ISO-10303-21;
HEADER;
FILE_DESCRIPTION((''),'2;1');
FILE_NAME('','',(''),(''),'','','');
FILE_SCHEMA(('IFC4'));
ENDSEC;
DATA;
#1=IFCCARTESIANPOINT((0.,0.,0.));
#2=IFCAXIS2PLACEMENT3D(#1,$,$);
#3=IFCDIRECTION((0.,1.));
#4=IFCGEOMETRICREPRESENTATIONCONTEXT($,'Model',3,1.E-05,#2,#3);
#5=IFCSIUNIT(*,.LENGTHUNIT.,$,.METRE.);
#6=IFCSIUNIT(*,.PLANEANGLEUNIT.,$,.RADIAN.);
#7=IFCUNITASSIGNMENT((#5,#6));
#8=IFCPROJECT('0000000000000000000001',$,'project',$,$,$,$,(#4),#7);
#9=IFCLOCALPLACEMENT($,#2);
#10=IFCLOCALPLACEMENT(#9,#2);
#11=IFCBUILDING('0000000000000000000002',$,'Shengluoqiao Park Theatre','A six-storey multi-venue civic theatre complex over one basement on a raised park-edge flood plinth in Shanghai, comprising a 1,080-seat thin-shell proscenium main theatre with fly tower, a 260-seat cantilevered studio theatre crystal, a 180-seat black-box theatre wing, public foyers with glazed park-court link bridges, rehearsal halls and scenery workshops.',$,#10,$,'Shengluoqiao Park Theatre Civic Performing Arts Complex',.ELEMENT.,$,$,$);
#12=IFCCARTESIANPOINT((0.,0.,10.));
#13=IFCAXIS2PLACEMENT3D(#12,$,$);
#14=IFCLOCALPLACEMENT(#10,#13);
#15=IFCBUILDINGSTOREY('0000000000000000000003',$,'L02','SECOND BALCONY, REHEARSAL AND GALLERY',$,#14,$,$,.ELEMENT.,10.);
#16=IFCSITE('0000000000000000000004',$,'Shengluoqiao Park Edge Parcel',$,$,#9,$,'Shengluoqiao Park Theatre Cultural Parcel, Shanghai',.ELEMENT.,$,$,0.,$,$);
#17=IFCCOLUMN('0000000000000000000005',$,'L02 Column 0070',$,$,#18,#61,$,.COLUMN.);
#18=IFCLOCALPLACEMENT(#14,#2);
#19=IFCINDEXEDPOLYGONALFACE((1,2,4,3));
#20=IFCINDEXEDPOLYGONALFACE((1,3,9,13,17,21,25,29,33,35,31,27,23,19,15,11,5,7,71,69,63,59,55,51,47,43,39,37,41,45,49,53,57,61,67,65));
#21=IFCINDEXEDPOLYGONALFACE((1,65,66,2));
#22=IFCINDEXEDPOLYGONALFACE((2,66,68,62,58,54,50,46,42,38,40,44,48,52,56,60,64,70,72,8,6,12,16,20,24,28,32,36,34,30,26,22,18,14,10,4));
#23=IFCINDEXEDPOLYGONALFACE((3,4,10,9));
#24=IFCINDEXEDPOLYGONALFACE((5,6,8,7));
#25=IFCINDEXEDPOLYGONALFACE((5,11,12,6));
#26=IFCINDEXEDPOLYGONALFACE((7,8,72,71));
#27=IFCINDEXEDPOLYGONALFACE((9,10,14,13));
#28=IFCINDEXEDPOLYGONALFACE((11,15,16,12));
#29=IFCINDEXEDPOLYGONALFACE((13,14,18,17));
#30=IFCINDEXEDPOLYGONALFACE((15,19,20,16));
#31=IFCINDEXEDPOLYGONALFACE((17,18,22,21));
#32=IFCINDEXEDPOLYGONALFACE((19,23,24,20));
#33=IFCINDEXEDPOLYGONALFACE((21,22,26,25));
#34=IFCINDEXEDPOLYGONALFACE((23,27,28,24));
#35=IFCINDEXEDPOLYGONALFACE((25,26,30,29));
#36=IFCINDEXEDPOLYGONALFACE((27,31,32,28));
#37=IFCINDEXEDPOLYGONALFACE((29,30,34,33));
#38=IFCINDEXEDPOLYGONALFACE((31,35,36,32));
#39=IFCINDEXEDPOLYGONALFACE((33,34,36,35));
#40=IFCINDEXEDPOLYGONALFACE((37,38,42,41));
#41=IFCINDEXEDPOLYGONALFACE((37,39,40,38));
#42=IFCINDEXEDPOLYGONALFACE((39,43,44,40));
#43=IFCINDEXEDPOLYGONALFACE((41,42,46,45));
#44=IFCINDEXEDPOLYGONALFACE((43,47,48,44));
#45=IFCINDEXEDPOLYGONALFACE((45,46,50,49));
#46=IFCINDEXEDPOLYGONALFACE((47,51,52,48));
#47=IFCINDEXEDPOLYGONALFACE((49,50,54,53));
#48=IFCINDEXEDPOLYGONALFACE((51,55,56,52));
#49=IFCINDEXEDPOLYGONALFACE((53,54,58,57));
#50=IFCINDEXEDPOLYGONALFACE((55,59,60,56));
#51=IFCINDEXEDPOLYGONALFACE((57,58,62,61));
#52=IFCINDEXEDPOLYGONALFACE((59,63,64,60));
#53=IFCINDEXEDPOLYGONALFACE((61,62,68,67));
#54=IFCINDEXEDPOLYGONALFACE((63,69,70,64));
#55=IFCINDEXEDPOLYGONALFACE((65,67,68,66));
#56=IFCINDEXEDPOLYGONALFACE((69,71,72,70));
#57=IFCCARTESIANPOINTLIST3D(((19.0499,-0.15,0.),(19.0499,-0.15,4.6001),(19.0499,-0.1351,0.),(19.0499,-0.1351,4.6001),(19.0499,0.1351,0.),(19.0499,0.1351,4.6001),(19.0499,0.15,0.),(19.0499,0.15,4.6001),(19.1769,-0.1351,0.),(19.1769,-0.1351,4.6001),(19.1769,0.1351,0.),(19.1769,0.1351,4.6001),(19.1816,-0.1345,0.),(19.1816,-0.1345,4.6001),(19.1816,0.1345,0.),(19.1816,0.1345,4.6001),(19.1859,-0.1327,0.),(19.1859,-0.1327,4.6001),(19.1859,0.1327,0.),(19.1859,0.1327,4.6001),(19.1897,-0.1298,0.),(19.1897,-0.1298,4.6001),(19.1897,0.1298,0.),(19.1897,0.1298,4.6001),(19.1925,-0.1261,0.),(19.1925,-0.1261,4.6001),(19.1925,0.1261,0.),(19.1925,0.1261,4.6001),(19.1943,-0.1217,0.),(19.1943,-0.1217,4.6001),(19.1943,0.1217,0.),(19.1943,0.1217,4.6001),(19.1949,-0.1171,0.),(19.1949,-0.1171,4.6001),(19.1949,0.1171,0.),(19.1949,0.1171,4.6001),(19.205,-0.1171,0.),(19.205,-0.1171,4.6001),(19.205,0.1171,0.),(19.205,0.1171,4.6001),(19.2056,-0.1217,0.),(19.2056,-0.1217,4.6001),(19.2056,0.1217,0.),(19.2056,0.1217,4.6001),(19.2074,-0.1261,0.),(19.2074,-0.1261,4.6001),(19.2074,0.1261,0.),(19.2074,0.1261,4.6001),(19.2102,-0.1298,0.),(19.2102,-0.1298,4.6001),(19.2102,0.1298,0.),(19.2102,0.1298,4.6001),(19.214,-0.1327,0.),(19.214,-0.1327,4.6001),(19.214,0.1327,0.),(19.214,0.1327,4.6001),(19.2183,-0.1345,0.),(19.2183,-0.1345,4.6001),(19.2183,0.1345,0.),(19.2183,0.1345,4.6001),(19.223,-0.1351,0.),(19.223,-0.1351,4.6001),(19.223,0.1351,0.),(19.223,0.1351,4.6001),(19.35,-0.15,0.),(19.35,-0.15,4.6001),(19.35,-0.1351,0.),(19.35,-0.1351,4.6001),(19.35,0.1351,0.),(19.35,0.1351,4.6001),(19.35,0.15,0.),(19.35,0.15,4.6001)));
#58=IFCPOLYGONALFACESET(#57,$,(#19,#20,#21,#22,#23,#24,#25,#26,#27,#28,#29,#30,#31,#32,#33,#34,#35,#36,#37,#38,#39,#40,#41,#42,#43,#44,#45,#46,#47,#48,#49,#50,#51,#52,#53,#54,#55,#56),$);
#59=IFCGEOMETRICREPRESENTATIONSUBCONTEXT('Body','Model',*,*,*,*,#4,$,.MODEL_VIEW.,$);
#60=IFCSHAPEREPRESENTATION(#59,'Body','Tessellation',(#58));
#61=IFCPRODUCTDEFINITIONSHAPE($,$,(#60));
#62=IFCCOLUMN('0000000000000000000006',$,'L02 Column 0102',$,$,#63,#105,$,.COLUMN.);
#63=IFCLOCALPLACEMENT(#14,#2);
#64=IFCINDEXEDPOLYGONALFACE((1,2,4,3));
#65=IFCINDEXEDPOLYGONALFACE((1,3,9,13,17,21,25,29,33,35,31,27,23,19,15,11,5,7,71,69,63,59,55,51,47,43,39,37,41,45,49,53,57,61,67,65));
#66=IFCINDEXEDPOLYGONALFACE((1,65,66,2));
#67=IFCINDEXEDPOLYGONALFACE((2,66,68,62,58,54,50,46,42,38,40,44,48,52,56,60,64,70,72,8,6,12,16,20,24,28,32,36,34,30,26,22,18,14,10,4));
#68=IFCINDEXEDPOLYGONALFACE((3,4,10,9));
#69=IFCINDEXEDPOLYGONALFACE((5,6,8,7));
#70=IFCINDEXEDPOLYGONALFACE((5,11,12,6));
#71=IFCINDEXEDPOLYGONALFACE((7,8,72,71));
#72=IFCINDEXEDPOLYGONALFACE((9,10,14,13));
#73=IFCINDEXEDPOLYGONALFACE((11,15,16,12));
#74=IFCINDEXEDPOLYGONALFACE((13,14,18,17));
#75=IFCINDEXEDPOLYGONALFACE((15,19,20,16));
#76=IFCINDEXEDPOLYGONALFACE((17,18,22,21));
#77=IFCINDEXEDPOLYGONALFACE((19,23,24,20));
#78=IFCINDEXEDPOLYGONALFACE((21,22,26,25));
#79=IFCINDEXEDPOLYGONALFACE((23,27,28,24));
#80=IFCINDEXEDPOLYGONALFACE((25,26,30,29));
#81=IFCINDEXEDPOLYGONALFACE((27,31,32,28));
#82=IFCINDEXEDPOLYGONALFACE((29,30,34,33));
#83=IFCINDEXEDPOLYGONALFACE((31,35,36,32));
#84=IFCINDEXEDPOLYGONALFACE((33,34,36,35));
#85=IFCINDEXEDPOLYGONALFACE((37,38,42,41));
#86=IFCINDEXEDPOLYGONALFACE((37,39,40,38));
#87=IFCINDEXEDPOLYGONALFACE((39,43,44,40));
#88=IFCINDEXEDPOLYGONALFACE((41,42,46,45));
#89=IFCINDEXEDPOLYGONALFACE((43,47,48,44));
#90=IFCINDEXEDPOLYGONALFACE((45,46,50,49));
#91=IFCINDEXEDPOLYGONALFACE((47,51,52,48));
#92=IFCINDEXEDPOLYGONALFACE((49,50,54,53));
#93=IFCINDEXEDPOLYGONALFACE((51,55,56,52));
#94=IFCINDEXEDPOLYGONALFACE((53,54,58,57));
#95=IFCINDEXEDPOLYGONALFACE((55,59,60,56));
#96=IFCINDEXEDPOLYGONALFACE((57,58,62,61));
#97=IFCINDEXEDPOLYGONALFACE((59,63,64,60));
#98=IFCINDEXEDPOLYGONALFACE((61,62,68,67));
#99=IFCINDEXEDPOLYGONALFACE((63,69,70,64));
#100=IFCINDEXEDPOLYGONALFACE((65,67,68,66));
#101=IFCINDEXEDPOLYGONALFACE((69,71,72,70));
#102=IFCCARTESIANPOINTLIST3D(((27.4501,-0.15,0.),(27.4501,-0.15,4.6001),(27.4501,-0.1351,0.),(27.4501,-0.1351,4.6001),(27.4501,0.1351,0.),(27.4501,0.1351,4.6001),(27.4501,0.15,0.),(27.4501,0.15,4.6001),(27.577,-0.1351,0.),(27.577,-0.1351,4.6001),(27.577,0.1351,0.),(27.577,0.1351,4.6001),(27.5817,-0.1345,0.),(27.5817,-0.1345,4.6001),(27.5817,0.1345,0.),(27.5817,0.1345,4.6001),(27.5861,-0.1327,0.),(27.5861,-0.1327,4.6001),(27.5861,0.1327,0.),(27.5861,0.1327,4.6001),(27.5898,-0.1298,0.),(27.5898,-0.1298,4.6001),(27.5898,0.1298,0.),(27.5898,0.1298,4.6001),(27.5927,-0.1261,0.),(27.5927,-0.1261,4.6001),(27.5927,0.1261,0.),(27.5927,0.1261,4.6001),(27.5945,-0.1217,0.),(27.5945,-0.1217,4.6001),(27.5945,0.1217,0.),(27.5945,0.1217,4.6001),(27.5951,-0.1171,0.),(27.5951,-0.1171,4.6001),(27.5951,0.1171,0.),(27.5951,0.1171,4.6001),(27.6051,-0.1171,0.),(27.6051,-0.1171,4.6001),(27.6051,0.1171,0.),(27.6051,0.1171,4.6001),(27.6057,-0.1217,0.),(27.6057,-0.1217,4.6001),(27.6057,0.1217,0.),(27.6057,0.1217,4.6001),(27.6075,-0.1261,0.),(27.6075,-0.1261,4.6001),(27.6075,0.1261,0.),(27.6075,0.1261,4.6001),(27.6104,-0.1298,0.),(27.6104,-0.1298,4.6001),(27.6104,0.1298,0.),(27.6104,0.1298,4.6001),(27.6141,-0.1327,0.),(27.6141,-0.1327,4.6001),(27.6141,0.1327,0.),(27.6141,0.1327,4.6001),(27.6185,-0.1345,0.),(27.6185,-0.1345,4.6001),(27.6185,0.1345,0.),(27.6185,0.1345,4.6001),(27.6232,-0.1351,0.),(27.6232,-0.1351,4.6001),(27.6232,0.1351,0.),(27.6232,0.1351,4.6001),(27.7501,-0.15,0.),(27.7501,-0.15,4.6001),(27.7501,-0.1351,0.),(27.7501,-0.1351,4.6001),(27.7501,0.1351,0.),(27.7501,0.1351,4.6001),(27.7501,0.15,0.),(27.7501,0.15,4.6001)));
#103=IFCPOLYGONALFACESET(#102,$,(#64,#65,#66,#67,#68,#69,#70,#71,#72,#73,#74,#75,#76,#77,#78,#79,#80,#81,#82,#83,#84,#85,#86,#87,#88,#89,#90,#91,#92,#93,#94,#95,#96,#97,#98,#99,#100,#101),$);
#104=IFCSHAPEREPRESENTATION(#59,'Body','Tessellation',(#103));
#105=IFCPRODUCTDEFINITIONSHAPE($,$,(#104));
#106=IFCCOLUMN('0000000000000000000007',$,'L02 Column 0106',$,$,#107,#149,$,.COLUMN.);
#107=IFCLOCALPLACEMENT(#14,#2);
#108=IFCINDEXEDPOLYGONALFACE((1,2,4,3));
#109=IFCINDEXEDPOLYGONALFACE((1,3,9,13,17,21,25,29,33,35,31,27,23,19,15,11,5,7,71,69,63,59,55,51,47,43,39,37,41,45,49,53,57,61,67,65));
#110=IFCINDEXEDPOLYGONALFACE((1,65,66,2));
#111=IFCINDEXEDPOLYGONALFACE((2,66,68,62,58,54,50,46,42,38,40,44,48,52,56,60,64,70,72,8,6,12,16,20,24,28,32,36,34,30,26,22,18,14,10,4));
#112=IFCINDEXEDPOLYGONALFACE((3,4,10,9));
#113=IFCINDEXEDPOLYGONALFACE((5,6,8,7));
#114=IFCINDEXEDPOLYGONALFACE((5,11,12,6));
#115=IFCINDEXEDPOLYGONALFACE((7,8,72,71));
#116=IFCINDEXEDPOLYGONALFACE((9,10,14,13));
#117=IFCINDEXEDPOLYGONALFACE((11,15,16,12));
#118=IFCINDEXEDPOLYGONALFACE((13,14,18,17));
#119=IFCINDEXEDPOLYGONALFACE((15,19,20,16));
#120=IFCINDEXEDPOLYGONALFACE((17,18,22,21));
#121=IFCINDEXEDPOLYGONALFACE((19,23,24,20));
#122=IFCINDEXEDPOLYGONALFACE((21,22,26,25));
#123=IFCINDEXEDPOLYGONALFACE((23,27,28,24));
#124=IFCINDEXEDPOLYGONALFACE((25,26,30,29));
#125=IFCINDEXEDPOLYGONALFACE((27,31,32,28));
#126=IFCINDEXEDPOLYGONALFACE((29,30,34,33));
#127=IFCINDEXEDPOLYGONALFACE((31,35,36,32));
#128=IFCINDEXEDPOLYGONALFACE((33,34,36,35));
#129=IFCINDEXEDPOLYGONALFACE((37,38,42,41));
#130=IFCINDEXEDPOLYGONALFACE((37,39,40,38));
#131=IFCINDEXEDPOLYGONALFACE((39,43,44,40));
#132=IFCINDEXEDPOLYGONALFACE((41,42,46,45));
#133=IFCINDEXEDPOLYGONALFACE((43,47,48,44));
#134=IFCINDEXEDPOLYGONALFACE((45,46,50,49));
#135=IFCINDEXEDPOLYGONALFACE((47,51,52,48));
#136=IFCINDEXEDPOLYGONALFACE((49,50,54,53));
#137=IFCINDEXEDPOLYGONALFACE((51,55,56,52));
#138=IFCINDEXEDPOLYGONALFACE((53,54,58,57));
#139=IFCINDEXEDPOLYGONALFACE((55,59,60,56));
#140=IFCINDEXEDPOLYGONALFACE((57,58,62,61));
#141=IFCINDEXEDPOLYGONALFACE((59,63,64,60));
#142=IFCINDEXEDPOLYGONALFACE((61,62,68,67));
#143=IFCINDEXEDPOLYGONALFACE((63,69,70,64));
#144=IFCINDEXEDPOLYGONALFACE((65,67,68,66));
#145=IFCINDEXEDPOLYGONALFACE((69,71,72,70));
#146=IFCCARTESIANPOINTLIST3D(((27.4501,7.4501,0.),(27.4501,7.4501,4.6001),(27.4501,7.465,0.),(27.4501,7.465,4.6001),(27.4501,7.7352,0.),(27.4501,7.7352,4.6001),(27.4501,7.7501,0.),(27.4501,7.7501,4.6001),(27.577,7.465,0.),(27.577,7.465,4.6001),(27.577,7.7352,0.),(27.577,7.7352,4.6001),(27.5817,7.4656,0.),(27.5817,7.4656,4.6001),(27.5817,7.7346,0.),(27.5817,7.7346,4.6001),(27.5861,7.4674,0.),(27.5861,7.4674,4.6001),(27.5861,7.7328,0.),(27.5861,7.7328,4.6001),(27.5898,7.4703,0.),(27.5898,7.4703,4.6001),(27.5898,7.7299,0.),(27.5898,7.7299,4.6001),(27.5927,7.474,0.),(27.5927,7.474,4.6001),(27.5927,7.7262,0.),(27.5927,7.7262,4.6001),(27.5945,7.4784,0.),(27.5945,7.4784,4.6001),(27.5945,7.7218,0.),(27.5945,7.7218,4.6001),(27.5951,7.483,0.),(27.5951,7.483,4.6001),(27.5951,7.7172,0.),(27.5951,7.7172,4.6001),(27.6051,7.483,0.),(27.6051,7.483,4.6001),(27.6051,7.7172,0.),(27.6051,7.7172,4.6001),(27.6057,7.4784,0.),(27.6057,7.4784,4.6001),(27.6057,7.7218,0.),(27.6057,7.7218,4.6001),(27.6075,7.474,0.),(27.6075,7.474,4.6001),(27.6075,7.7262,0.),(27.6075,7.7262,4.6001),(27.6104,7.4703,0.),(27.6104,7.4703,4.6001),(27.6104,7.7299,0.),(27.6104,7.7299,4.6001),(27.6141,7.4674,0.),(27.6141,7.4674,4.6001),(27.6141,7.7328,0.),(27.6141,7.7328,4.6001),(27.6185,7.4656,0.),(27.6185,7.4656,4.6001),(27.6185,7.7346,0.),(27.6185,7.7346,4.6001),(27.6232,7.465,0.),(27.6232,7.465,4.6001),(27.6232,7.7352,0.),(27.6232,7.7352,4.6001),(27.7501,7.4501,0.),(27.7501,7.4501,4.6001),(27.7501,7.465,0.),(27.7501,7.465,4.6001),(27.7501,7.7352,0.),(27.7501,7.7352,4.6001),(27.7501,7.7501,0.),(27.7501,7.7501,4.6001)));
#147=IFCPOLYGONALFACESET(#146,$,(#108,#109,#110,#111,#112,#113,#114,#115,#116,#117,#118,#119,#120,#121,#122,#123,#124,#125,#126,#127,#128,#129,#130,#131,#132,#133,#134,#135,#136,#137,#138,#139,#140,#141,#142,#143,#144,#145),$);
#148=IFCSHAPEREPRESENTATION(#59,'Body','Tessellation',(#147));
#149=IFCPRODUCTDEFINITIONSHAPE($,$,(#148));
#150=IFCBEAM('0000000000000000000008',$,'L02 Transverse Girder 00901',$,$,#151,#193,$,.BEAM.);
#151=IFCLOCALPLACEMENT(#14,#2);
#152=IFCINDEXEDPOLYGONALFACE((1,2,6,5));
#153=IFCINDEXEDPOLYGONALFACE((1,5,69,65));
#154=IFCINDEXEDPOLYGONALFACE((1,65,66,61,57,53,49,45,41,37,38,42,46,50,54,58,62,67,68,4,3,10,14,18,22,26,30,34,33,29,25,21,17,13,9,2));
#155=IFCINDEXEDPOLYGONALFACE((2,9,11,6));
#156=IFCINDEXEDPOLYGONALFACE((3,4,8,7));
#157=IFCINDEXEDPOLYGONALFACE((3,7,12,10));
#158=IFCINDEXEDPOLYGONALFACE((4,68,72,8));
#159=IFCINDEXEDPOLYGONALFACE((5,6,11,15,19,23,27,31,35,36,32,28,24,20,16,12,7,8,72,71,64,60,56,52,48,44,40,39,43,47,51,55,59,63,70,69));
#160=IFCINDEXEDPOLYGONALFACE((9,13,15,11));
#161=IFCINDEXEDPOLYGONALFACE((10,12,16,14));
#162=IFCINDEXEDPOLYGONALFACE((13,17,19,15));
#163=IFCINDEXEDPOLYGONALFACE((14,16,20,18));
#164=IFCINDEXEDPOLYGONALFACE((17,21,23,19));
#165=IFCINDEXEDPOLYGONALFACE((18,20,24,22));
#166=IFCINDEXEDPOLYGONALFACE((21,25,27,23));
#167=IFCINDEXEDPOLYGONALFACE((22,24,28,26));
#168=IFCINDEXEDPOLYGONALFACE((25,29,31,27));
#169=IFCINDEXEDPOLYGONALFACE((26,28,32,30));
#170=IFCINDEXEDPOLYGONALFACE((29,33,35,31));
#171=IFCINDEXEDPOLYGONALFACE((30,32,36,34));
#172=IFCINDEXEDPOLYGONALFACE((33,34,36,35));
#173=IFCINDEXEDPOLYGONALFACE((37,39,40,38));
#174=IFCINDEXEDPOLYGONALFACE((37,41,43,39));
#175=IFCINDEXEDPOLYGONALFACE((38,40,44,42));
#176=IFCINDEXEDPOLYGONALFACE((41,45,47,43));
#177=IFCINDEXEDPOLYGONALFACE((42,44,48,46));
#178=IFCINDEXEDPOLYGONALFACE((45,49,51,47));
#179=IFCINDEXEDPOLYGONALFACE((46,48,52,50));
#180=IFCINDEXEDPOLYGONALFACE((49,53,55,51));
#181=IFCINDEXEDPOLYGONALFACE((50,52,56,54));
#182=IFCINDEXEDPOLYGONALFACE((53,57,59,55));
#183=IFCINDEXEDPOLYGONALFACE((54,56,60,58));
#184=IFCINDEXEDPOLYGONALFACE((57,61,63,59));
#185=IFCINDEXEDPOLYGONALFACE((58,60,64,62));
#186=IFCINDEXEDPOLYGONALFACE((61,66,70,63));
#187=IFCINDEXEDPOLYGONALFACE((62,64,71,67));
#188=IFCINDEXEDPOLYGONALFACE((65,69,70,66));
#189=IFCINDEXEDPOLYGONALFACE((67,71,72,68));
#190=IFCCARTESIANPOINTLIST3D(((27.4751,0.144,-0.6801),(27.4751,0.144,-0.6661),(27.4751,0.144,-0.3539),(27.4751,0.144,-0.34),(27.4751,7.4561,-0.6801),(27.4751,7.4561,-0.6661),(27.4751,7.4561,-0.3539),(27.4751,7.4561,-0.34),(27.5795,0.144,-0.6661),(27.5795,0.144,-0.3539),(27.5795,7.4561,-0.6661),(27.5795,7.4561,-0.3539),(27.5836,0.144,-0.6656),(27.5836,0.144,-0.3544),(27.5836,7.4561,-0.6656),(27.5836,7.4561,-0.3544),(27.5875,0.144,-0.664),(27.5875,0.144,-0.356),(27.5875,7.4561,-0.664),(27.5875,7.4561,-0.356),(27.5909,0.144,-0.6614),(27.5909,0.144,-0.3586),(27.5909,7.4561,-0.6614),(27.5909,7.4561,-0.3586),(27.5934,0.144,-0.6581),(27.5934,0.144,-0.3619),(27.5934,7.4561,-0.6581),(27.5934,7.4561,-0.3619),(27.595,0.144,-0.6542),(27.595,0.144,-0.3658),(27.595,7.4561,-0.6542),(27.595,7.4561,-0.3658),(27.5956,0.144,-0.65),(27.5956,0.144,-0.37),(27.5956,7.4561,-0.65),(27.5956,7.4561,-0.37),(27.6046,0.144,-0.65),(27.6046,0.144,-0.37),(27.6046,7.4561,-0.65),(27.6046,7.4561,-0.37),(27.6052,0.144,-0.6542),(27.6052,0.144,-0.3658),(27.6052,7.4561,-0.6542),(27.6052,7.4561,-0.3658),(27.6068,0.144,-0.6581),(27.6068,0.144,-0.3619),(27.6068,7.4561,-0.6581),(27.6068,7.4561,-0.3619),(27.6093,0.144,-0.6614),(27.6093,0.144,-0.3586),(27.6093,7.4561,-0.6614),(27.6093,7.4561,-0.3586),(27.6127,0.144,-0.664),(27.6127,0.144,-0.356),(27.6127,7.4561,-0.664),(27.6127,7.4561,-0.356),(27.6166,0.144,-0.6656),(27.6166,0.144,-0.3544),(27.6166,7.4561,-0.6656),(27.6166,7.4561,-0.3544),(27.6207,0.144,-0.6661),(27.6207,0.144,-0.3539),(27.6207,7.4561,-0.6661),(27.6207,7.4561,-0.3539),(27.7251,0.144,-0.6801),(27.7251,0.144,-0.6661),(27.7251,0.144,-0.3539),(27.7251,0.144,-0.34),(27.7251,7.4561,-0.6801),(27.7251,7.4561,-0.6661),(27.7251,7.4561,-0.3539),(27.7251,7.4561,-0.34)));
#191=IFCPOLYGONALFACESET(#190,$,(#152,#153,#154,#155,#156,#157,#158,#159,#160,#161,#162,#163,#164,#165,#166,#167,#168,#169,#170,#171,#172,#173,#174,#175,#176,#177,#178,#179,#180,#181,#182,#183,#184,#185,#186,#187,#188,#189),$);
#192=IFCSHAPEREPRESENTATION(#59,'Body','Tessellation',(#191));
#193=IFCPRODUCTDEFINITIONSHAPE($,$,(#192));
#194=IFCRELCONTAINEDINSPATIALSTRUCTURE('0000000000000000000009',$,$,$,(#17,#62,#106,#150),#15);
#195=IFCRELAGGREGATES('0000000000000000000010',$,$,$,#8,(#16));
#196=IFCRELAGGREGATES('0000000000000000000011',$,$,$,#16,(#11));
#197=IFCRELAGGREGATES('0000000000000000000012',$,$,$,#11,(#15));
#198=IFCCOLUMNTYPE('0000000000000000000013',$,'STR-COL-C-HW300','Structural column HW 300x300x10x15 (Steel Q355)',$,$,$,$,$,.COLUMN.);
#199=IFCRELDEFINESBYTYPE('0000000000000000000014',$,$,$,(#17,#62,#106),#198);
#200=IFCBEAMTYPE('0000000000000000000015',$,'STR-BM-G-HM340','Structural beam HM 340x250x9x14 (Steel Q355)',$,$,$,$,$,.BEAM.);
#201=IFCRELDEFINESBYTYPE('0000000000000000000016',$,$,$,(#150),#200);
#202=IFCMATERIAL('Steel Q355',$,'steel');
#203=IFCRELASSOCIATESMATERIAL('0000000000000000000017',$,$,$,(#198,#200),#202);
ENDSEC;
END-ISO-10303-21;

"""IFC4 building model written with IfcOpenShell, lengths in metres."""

from ifc_helpers import new_model, si_unit, direction, frame, origin, origin_2d, place, context, subcontext, project, spatial, i_section, extrude, material, material_profile, profile_set, type_object, element, save


model = new_model("IFC4")

# Units and contexts
model_context = context("Model", 3, precision=1e-05, world=origin(), true_north=direction((0.0, 1.0)))
body_context = subcontext(model_context, "Body", "Model", "MODEL_VIEW")
ifc_project = project(units=[si_unit("LENGTHUNIT", "METRE"), si_unit("PLANEANGLEUNIT", "RADIAN")], contexts=[model_context])

# Site, building, storey
site_placement = place(None, origin())
site = spatial("IfcSite", under=ifc_project, at=site_placement, Name="Shengluoqiao Park Edge Parcel", LongName="Shengluoqiao Park Theatre Cultural Parcel, Shanghai", CompositionType="ELEMENT", RefElevation=0.0)
building_placement = place(site_placement, origin())
building = spatial("IfcBuilding", under=site, at=building_placement, Name="Shengluoqiao Park Theatre", Description="A six-storey multi-venue civic theatre complex over one basement on a raised park-edge flood plinth in Shanghai, comprising a 1,080-seat thin-shell proscenium main theatre with fly tower, a 260-seat cantilevered studio theatre crystal, a 180-seat black-box theatre wing, public foyers with glazed park-court link bridges, rehearsal halls and scenery workshops.", LongName="Shengluoqiao Park Theatre Civic Performing Arts Complex", CompositionType="ELEMENT")
storey_placement = place(building_placement, frame((0.0, 0.0, 10.0)))
storey = spatial("IfcBuildingStorey", under=building, at=storey_placement, Name="L02", Description="SECOND BALCONY, REHEARSAL AND GALLERY", CompositionType="ELEMENT", Elevation=10.0)

# Columns
ifc_material_1 = material(Name="Steel Q355", Category="steel")
ifc_material_profile_1 = material_profile(ifc_material_1, i_section(OverallWidth=0.3, OverallDepth=0.3, WebThickness=0.01, FlangeThickness=0.0149, FilletRadius=0.0181, at=origin_2d()), Name="HW 300x300x10x15")
ifc_profile_set_1 = profile_set([ifc_material_profile_1], Name="Steel Q355")
column_type = type_object("IfcColumnType", Name="STR-COL-C-HW300", Description="Structural column HW 300x300x10x15 (Steel Q355)", PredefinedType="COLUMN", material=ifc_profile_set_1)
for number, where, z_axis, x_axis, name in (
    (1, (19.2, 0.0, 0.0), (0.0, 0.0, 1.0), (1.0, 0.0, 0.0), "L02 Column 0070"),
    (2, (27.6001, 0.0, 0.0), (0.0, 0.0, 1.0), (1.0, 0.0, 0.0), "L02 Column 0102"),
    (3, (27.6001, 7.6001, 0.0), (0.0, 0.0, 1.0), (1.0, 0.0, 0.0), "L02 Column 0106"),
):
    element("IfcColumn", number, at=place(storey_placement, frame(where, z_axis=z_axis, x_axis=x_axis)), inside=storey, type_object=column_type, Name=name, PredefinedType="COLUMN", context=body_context, shape_type="SweptSolid", body=[
        extrude(i_section(OverallWidth=0.3, OverallDepth=0.3, WebThickness=0.01, FlangeThickness=0.0149, FilletRadius=0.0181, at=origin_2d()), origin(), (0.0, 0.0, 1.0), 4.6001),
    ])

# Beam
ifc_material_profile_2 = material_profile(ifc_material_1, i_section(OverallWidth=0.25, OverallDepth=0.3401, WebThickness=0.009, FlangeThickness=0.0139, FilletRadius=0.0161, at=origin_2d()), Name="HM 340x250x9x14")
ifc_profile_set_2 = profile_set([ifc_material_profile_2], Name="Steel Q355")
beam_type_1 = type_object("IfcBeamType", Name="STR-BM-G-HM340", Description="Structural beam HM 340x250x9x14 (Steel Q355)", PredefinedType="BEAM", material=ifc_profile_set_2)
for number, where, z_axis, x_axis, name in (
    (4, (27.6001, 0.144, -0.51), (0.0, 1.0, 0.0), (-1.0, 0.0, 0.0), "L02 Transverse Girder 00901"),
):
    element("IfcBeam", number, at=place(storey_placement, frame(where, z_axis=z_axis, x_axis=x_axis)), inside=storey, type_object=beam_type_1, Name=name, PredefinedType="BEAM", context=body_context, shape_type="SweptSolid", body=[
        extrude(i_section(OverallWidth=0.25, OverallDepth=0.3401, WebThickness=0.009, FlangeThickness=0.0139, FilletRadius=0.0161, at=origin_2d()), origin(), (0.0, 0.0, 1.0), 7.312),
    ])

save(model, "model.ifc")
